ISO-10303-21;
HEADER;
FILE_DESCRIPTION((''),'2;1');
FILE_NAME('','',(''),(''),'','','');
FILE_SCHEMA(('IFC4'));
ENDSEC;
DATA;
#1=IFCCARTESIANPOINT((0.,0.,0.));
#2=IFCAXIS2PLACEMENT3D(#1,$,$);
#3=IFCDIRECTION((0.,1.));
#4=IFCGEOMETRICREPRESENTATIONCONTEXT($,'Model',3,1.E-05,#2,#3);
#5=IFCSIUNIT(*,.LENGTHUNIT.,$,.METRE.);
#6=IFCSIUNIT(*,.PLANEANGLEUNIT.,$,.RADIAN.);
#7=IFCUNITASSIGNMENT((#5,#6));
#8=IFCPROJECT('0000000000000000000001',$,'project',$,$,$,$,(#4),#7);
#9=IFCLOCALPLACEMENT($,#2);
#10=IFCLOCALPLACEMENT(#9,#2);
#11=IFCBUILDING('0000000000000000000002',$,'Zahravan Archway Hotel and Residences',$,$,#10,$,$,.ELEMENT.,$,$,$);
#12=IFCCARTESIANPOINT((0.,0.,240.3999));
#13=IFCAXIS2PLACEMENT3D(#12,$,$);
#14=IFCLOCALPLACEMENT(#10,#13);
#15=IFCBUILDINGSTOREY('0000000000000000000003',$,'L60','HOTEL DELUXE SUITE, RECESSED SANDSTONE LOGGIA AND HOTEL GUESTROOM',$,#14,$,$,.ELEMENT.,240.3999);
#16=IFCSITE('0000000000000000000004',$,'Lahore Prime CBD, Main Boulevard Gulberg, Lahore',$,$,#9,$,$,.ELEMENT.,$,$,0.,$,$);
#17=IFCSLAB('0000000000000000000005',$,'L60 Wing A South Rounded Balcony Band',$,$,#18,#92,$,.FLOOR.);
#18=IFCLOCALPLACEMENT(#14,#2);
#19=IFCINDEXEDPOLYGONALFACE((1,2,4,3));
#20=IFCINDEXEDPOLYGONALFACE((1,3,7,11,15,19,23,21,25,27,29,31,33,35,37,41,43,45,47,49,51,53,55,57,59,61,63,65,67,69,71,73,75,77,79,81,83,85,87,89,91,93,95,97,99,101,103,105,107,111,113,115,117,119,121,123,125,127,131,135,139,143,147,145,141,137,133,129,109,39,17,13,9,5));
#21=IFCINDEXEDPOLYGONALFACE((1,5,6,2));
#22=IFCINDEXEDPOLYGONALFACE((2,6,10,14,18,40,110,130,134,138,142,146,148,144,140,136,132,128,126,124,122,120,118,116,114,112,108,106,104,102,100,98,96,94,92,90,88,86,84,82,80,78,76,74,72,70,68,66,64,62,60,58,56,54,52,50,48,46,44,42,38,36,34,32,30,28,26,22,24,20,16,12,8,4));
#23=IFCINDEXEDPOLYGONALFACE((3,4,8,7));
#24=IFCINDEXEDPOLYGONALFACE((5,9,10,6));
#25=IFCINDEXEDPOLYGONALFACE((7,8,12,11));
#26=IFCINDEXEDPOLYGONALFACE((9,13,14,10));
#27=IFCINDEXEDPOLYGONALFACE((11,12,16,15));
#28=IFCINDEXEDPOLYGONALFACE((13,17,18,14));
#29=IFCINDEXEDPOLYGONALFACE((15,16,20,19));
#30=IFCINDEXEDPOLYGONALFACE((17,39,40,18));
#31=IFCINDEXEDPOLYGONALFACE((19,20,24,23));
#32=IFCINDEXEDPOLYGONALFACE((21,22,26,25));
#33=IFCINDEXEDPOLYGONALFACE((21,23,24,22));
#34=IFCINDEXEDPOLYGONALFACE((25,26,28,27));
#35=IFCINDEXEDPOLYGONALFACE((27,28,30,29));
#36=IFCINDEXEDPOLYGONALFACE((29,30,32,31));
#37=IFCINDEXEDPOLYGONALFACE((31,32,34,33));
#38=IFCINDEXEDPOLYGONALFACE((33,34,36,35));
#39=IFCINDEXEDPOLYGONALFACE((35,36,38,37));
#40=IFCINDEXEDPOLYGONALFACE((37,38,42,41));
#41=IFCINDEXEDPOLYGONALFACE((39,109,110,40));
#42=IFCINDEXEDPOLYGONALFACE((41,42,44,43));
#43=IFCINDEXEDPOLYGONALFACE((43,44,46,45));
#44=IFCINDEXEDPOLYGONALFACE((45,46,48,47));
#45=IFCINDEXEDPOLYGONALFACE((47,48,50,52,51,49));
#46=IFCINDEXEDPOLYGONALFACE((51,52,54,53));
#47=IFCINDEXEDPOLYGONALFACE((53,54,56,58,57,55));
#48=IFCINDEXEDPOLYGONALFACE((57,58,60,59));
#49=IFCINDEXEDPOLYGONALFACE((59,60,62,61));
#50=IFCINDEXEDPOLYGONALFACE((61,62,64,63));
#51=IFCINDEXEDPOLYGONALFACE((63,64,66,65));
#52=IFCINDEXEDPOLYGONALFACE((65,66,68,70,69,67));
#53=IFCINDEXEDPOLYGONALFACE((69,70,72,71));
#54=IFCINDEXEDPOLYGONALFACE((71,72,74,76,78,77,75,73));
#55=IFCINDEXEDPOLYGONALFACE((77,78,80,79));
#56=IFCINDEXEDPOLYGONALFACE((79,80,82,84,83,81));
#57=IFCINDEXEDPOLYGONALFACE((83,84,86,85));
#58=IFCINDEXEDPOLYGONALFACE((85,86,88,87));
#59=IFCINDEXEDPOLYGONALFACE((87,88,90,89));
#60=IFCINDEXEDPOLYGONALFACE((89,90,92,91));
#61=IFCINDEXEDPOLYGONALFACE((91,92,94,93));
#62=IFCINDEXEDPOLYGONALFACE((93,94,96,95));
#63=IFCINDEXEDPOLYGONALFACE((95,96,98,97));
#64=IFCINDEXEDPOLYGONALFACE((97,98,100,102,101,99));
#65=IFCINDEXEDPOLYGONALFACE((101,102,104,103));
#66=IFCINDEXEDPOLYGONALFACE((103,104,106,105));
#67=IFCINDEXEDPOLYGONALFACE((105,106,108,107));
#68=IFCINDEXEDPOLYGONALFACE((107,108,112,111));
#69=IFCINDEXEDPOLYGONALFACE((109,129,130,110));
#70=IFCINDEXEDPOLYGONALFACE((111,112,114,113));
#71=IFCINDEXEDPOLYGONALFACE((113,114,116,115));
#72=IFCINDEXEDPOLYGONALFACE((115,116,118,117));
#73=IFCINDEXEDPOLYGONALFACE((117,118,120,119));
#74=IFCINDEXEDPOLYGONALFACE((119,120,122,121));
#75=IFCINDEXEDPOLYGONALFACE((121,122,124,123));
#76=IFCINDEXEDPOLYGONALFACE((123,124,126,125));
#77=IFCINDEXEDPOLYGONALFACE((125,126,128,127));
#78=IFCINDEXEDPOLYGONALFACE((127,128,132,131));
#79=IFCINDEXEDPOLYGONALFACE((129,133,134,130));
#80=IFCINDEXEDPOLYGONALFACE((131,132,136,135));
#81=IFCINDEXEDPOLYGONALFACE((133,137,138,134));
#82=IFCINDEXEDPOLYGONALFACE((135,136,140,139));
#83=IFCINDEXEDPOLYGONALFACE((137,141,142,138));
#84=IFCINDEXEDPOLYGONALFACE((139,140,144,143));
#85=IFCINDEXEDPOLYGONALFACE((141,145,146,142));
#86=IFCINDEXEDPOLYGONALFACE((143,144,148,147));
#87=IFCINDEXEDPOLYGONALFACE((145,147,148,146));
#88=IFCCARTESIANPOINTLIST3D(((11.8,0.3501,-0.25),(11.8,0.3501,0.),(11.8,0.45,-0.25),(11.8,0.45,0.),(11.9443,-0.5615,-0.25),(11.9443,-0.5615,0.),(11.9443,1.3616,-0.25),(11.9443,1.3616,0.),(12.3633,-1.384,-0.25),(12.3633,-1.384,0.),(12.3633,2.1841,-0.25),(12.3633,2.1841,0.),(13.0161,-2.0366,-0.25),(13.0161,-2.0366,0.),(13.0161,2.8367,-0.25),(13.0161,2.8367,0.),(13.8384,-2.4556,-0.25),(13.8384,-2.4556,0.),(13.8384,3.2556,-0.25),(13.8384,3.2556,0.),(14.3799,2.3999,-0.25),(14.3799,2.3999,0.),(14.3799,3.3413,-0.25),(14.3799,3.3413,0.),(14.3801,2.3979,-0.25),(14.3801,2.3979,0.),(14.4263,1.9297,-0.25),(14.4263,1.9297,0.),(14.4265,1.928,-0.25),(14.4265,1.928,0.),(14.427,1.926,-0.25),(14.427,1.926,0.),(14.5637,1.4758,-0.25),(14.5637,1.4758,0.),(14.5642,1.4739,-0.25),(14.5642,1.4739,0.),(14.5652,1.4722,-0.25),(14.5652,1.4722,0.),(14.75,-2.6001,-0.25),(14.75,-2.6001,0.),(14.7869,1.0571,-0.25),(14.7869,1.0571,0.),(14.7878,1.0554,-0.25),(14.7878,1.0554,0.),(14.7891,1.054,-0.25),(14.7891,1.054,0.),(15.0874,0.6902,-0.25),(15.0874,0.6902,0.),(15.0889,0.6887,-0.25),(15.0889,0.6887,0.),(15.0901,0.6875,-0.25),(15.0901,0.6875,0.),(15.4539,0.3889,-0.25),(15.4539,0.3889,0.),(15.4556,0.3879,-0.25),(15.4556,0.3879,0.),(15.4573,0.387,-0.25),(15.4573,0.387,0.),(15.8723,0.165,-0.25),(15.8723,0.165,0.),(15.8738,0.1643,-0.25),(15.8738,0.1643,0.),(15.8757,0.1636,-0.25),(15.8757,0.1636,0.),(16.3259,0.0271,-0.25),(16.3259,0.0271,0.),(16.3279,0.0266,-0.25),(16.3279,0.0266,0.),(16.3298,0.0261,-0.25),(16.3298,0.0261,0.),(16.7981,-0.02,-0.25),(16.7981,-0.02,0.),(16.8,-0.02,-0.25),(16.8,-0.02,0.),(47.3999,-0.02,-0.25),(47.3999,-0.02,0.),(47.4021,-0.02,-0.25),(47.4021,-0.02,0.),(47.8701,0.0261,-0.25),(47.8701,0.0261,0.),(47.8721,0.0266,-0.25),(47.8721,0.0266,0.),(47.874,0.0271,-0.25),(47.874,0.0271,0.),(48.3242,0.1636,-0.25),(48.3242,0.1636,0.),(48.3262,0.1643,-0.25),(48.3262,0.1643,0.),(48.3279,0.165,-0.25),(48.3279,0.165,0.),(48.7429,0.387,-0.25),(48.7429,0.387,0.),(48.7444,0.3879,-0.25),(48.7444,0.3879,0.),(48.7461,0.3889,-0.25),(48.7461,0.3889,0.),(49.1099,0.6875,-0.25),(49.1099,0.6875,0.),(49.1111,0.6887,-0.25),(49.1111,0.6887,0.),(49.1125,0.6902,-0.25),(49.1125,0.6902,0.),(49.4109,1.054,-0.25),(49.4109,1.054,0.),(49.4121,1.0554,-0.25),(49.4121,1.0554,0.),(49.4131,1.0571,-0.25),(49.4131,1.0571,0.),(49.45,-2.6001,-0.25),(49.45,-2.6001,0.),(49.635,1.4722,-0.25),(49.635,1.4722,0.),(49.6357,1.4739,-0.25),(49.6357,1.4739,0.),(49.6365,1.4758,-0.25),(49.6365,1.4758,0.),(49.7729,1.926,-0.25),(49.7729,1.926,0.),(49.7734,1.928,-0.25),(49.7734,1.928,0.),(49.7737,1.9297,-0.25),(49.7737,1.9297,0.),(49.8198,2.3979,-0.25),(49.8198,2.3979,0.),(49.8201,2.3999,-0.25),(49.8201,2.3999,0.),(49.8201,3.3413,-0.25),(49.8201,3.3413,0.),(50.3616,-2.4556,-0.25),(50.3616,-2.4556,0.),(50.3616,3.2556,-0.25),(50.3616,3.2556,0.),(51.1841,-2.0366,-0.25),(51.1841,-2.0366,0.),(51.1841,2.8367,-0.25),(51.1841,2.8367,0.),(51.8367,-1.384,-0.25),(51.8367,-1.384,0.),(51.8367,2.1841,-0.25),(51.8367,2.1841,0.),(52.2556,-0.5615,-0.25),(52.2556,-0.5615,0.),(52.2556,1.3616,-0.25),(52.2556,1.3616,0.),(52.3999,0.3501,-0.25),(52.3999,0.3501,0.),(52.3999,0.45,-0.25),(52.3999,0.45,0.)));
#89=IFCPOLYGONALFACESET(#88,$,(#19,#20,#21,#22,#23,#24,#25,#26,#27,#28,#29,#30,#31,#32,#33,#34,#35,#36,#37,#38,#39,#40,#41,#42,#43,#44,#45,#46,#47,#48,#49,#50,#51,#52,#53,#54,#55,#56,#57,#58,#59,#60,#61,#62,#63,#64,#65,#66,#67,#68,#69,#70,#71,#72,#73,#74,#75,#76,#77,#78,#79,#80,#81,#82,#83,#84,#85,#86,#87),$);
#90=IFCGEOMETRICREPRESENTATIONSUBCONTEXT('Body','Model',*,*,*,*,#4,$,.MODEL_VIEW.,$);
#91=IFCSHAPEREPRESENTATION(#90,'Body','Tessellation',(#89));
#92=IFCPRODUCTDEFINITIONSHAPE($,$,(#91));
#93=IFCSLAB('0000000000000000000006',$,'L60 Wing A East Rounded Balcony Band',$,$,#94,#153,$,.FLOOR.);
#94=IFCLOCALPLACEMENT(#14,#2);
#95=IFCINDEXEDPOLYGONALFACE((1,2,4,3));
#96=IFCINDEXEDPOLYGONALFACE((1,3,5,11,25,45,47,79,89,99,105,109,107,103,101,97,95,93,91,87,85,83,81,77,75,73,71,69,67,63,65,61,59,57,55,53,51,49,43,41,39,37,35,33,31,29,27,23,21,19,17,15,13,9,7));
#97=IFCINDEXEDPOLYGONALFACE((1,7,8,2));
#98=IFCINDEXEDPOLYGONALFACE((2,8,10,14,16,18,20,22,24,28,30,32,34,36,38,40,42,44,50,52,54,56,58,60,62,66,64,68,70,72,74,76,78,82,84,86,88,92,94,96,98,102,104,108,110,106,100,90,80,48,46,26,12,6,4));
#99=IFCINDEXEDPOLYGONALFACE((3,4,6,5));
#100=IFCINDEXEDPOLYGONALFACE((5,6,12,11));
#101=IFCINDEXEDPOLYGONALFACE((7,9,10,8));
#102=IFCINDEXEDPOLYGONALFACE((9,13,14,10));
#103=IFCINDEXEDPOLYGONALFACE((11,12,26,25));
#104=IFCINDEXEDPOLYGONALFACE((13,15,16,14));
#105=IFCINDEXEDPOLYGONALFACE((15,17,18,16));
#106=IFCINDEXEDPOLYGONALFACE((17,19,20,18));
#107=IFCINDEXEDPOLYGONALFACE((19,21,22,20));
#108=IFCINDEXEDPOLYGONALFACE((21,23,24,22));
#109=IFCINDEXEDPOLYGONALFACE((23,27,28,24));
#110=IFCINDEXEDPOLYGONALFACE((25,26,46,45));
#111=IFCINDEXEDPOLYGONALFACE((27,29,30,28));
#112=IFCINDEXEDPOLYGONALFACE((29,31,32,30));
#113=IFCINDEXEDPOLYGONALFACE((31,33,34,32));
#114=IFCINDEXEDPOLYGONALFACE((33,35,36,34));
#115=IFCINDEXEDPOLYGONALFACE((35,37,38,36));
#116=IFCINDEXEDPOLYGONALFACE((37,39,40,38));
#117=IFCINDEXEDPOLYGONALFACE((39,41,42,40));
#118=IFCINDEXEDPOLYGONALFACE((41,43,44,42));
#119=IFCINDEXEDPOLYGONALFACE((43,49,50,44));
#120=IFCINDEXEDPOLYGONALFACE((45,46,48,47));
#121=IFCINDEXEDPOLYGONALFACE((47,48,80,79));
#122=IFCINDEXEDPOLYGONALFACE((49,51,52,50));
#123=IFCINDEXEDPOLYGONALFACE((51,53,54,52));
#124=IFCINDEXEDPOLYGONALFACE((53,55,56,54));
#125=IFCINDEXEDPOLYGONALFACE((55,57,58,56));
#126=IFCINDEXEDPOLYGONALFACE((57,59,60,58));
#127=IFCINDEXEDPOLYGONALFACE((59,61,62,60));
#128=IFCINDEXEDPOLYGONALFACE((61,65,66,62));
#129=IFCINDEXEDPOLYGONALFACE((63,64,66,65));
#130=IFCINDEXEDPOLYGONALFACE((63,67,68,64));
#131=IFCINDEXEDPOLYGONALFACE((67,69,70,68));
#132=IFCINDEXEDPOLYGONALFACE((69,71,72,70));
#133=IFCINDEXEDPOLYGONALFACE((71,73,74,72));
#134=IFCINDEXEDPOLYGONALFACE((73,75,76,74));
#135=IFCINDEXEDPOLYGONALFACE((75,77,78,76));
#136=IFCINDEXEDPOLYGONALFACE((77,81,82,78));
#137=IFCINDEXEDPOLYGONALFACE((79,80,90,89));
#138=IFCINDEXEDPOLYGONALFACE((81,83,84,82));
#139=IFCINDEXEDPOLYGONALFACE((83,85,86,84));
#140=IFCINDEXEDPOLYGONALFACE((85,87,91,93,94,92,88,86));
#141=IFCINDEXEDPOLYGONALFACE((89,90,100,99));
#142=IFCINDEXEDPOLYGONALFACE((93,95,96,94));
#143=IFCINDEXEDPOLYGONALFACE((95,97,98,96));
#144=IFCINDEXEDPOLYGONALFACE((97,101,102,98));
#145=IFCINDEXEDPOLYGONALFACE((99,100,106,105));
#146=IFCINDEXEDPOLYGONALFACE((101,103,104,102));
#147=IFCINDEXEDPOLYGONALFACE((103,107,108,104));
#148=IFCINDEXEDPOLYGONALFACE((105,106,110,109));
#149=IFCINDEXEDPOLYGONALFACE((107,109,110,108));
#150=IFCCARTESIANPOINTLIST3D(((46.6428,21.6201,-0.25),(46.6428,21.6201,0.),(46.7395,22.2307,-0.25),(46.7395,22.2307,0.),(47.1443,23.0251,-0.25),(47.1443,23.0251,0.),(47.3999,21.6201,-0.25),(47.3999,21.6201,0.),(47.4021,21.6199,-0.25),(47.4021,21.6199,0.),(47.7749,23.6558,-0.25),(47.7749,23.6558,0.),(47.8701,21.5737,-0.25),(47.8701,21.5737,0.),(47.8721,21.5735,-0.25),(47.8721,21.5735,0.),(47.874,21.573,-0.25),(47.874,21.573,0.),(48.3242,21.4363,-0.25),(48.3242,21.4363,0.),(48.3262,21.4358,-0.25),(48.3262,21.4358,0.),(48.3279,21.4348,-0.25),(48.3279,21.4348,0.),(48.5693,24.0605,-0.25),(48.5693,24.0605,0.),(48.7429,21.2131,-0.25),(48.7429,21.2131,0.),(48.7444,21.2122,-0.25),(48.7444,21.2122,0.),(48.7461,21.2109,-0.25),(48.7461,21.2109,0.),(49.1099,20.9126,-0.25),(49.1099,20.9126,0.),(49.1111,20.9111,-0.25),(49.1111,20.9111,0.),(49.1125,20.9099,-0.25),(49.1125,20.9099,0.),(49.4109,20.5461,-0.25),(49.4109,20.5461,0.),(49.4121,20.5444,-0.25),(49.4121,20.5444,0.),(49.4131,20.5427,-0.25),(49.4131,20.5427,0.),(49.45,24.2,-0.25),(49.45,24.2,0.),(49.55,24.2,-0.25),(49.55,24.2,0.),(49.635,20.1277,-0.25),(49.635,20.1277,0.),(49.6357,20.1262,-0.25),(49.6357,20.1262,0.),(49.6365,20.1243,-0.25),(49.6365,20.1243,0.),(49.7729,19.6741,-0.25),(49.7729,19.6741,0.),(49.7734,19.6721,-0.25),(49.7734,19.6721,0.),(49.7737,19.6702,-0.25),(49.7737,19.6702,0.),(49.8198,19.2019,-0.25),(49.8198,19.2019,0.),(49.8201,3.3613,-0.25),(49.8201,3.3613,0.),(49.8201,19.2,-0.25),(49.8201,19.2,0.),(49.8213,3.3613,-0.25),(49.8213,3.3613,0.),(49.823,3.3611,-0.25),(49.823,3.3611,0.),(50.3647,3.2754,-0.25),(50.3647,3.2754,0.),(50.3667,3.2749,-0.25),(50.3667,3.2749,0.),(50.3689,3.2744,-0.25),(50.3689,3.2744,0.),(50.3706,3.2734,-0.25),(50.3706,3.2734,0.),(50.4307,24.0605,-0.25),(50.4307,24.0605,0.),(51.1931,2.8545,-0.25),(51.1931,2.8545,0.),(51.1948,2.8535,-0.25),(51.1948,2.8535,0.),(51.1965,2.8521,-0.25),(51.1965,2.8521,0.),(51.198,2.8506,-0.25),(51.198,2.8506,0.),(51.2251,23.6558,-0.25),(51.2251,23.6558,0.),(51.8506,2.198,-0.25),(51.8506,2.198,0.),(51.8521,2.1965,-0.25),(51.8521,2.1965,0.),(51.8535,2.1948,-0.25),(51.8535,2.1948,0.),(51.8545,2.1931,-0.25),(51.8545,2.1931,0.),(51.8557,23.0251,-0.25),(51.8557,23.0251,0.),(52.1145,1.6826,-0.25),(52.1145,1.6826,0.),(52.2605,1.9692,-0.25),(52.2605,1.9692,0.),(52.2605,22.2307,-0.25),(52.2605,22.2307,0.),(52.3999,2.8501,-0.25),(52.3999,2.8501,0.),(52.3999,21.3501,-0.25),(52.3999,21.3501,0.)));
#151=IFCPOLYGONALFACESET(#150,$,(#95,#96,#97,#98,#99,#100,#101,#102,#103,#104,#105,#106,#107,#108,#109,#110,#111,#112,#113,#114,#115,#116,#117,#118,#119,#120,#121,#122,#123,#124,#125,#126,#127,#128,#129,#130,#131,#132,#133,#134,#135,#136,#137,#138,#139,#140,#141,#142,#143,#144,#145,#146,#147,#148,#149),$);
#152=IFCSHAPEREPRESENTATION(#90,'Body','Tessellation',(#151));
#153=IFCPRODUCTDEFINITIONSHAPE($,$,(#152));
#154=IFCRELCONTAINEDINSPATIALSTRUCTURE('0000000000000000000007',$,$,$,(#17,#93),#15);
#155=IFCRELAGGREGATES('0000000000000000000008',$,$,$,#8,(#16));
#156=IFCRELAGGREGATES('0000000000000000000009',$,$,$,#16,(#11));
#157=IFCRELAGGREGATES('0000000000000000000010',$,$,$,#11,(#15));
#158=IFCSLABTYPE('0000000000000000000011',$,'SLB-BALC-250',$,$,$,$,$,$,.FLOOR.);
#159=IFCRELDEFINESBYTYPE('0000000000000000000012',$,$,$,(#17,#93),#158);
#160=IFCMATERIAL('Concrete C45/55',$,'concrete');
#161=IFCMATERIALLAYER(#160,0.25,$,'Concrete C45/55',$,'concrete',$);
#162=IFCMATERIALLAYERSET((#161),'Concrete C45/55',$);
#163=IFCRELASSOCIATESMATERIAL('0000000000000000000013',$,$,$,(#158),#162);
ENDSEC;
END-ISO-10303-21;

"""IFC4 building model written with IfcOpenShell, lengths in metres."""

from ifc_helpers import new_model, si_unit, direction, frame, origin, place, context, subcontext, project, spatial, polyline, outline, extrude, material, layer, layer_set, type_object, element, save


model = new_model("IFC4")

# Units and contexts
model_context = context("Model", 3, precision=1e-05, world=origin(), true_north=direction((0.0, 1.0)))
body_context = subcontext(model_context, "Body", "Model", "MODEL_VIEW")
ifc_project = project(units=[si_unit("LENGTHUNIT", "METRE"), si_unit("PLANEANGLEUNIT", "RADIAN")], contexts=[model_context])

# Site, building, storey
site_placement = place(None, origin())
site = spatial("IfcSite", under=ifc_project, at=site_placement, Name="Lahore Prime CBD, Main Boulevard Gulberg, Lahore", CompositionType="ELEMENT", RefElevation=0.0)
building_placement = place(site_placement, origin())
building = spatial("IfcBuilding", under=site, at=building_placement, Name="Zahravan Archway Hotel and Residences", CompositionType="ELEMENT")
storey_placement = place(building_placement, frame((0.0, 0.0, 240.3999)))
storey = spatial("IfcBuildingStorey", under=building, at=storey_placement, Name="L60", Description="HOTEL DELUXE SUITE, RECESSED SANDSTONE LOGGIA AND HOTEL GUESTROOM", CompositionType="ELEMENT", Elevation=240.3999)

# Slabs
ifc_material_1 = material(Name="Concrete C45/55", Category="concrete")
ifc_layer_1 = layer(ifc_material_1, 0.25, Name="Concrete C45/55", Category="concrete")
ifc_layer_set_1 = layer_set([ifc_layer_1], Name="Concrete C45/55")
slab_type_1 = type_object("IfcSlabType", Name="SLB-BALC-250", PredefinedType="FLOOR", material=ifc_layer_set_1)
slab_1_placement = place(storey_placement, frame((0.0, 0.0, -0.25)))
element("IfcSlab", 1, at=slab_1_placement, inside=storey, type_object=slab_type_1, Name="L60 Wing A South Rounded Balcony Band", PredefinedType="FLOOR", context=body_context, shape_type="SweptSolid", body=[
    extrude(outline(polyline([(50.3616, 3.2556), (51.1841, 2.8367), (51.8367, 2.1841), (52.2556, 1.3616), (52.3999, 0.45), (52.3999, 0.3501), (52.2556, -0.5615), (51.8367, -1.384), (51.1841, -2.0366), (50.3616, -2.4556), (49.45, -2.6001), (14.75, -2.6001), (13.8384, -2.4556), (13.0161, -2.0366), (12.3633, -1.384), (11.9443, -0.5615), (11.8, 0.3501), (11.8, 0.45), (11.9443, 1.3616), (12.3633, 2.1841), (13.0161, 2.8367), (13.8384, 3.2556), (14.3799, 3.3413), (14.3799, 2.3999), (14.3801, 2.3979), (14.4263, 1.9297), (14.4265, 1.928), (14.427, 1.926), (14.5637, 1.4758), (14.5642, 1.4739), (14.5652, 1.4722), (14.7869, 1.0571), (14.7878, 1.0554), (14.7891, 1.054), (15.0874, 0.6902), (15.0889, 0.6887), (15.0901, 0.6875), (15.4539, 0.3889), (15.4556, 0.3879), (15.4573, 0.387), (15.8723, 0.165), (15.8738, 0.1643), (15.8757, 0.1636), (16.3259, 0.0271), (16.3279, 0.0266), (16.3298, 0.0261), (16.7981, -0.02), (16.8, -0.02), (47.3999, -0.02), (47.4021, -0.02), (47.8701, 0.0261), (47.8721, 0.0266), (47.874, 0.0271), (48.3242, 0.1636), (48.3262, 0.1643), (48.3279, 0.165), (48.7429, 0.387), (48.7444, 0.3879), (48.7461, 0.3889), (49.1099, 0.6875), (49.1111, 0.6887), (49.1125, 0.6902), (49.4109, 1.054), (49.4121, 1.0554), (49.4131, 1.0571), (49.635, 1.4722), (49.6357, 1.4739), (49.6365, 1.4758), (49.7729, 1.926), (49.7734, 1.928), (49.7737, 1.9297), (49.8198, 2.3979), (49.8201, 2.3999), (49.8201, 3.3413), (50.3616, 3.2556)])), origin(), (0.0, 0.0, 1.0), 0.25),
])
slab_2_placement = place(storey_placement, frame((0.0, 0.0, -0.25)))
element("IfcSlab", 2, at=slab_2_placement, inside=storey, type_object=slab_type_1, Name="L60 Wing A East Rounded Balcony Band", PredefinedType="FLOOR", context=body_context, shape_type="SweptSolid", body=[
    extrude(outline(polyline([(46.7395, 22.2307), (47.1443, 23.0251), (47.7749, 23.6558), (48.5693, 24.0605), (49.45, 24.2), (49.55, 24.2), (50.4307, 24.0605), (51.2251, 23.6558), (51.8557, 23.0251), (52.2605, 22.2307), (52.3999, 21.3501), (52.3999, 2.8501), (52.2605, 1.9692), (52.1145, 1.6826), (51.8545, 2.1931), (51.8535, 2.1948), (51.8521, 2.1965), (51.8506, 2.198), (51.198, 2.8506), (51.1965, 2.8521), (51.1948, 2.8535), (51.1931, 2.8545), (50.3706, 3.2734), (50.3689, 3.2744), (50.3667, 3.2749), (50.3647, 3.2754), (49.823, 3.3611), (49.8213, 3.3613), (49.8201, 3.3613), (49.8201, 19.2), (49.8198, 19.2019), (49.7737, 19.6702), (49.7734, 19.6721), (49.7729, 19.6741), (49.6365, 20.1243), (49.6357, 20.1262), (49.635, 20.1277), (49.4131, 20.5427), (49.4121, 20.5444), (49.4109, 20.5461), (49.1125, 20.9099), (49.1111, 20.9111), (49.1099, 20.9126), (48.7461, 21.2109), (48.7444, 21.2122), (48.7429, 21.2131), (48.3279, 21.4348), (48.3262, 21.4358), (48.3242, 21.4363), (47.874, 21.573), (47.8721, 21.5735), (47.8701, 21.5737), (47.4021, 21.6199), (47.3999, 21.6201), (46.6428, 21.6201), (46.7395, 22.2307)])), origin(), (0.0, 0.0, 1.0), 0.25),
])

save(model, "model.ifc")
